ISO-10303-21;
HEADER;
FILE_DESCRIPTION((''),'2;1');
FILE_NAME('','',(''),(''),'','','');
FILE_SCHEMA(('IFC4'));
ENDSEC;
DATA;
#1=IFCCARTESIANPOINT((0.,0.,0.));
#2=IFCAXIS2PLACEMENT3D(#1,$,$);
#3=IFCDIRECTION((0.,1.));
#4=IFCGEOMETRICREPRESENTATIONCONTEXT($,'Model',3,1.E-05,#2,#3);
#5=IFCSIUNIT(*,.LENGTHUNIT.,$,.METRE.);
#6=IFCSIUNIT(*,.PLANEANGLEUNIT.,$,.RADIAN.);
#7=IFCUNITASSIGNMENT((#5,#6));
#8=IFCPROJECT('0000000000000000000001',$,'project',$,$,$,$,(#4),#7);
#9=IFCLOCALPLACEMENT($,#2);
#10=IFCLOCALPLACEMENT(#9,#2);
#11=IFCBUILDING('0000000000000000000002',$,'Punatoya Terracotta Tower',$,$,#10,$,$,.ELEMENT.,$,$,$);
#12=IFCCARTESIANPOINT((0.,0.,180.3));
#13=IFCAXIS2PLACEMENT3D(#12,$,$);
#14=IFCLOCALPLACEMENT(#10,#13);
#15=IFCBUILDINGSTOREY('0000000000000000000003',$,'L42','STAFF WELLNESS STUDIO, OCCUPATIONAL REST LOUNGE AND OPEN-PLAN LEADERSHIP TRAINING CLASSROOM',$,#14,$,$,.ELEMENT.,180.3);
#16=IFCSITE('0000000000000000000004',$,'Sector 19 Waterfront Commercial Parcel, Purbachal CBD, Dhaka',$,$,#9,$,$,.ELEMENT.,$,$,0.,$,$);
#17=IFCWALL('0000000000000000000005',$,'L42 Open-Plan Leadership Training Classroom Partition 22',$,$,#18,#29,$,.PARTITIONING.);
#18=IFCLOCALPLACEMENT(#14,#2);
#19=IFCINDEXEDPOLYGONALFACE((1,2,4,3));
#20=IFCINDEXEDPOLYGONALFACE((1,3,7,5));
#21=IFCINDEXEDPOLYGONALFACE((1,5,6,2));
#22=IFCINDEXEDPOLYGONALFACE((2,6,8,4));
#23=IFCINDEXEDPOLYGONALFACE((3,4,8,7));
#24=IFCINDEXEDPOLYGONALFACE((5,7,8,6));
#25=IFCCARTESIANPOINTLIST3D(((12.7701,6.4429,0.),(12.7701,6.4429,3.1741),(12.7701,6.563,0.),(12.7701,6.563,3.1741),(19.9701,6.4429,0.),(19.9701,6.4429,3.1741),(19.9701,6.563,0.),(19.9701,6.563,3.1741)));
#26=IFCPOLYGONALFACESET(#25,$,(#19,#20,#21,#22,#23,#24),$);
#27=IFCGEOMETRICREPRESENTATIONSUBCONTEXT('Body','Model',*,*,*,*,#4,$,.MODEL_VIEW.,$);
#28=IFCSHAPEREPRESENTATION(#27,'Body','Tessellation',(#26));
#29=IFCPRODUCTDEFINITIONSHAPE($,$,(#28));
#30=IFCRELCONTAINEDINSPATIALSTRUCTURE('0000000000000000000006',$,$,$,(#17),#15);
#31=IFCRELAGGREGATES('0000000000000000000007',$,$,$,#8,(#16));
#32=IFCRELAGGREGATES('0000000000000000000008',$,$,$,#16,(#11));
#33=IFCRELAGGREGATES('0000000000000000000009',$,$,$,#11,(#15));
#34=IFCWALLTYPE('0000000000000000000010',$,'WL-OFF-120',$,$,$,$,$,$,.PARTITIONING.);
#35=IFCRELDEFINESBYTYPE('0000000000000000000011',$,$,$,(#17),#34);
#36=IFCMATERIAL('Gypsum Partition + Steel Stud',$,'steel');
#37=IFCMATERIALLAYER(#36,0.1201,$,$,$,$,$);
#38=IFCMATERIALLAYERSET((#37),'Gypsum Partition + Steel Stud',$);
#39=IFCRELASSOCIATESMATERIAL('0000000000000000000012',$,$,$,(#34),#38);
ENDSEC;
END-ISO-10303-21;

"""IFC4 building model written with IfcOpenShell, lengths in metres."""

from ifc_helpers import new_model, si_unit, direction, frame, frame_2d, origin, place, context, subcontext, project, spatial, rectangle, extrude, material, layer, layer_set, type_object, element, save


model = new_model("IFC4")

# Units and contexts
model_context = context("Model", 3, precision=1e-05, world=origin(), true_north=direction((0.0, 1.0)))
body_context = subcontext(model_context, "Body", "Model", "MODEL_VIEW")
ifc_project = project(units=[si_unit("LENGTHUNIT", "METRE"), si_unit("PLANEANGLEUNIT", "RADIAN")], contexts=[model_context])

# Site, building, storey
site_placement = place(None, origin())
site = spatial("IfcSite", under=ifc_project, at=site_placement, Name="Sector 19 Waterfront Commercial Parcel, Purbachal CBD, Dhaka", CompositionType="ELEMENT", RefElevation=0.0)
building_placement = place(site_placement, origin())
building = spatial("IfcBuilding", under=site, at=building_placement, Name="Punatoya Terracotta Tower", CompositionType="ELEMENT")
storey_placement = place(building_placement, frame((0.0, 0.0, 180.3)))
storey = spatial("IfcBuildingStorey", under=building, at=storey_placement, Name="L42", Description="STAFF WELLNESS STUDIO, OCCUPATIONAL REST LOUNGE AND OPEN-PLAN LEADERSHIP TRAINING CLASSROOM", CompositionType="ELEMENT", Elevation=180.3)

# Wall
ifc_material_1 = material(Name="Gypsum Partition + Steel Stud", Category="steel")
ifc_layer_1 = layer(ifc_material_1, 0.1201)
ifc_layer_set_1 = layer_set([ifc_layer_1], Name="Gypsum Partition + Steel Stud")
wall_type_1 = type_object("IfcWallType", Name="WL-OFF-120", PredefinedType="PARTITIONING", material=ifc_layer_set_1)
wall_1_placement = place(storey_placement, frame((12.77, 6.5029, 0.0), z_axis=(0.0, 0.0, 1.0), x_axis=(1.0, 0.0, 0.0)))
element("IfcWall", 1, at=wall_1_placement, inside=storey, type_object=wall_type_1, Name="L42 Open-Plan Leadership Training Classroom Partition 22", PredefinedType="PARTITIONING", context=body_context, shape_type="SweptSolid", body=[
    extrude(rectangle(XDim=7.2, YDim=0.1201, at=frame_2d((3.6001, 0.0))), origin(), (0.0, 0.0, 1.0), 3.1741),
])

save(model, "model.ifc")
